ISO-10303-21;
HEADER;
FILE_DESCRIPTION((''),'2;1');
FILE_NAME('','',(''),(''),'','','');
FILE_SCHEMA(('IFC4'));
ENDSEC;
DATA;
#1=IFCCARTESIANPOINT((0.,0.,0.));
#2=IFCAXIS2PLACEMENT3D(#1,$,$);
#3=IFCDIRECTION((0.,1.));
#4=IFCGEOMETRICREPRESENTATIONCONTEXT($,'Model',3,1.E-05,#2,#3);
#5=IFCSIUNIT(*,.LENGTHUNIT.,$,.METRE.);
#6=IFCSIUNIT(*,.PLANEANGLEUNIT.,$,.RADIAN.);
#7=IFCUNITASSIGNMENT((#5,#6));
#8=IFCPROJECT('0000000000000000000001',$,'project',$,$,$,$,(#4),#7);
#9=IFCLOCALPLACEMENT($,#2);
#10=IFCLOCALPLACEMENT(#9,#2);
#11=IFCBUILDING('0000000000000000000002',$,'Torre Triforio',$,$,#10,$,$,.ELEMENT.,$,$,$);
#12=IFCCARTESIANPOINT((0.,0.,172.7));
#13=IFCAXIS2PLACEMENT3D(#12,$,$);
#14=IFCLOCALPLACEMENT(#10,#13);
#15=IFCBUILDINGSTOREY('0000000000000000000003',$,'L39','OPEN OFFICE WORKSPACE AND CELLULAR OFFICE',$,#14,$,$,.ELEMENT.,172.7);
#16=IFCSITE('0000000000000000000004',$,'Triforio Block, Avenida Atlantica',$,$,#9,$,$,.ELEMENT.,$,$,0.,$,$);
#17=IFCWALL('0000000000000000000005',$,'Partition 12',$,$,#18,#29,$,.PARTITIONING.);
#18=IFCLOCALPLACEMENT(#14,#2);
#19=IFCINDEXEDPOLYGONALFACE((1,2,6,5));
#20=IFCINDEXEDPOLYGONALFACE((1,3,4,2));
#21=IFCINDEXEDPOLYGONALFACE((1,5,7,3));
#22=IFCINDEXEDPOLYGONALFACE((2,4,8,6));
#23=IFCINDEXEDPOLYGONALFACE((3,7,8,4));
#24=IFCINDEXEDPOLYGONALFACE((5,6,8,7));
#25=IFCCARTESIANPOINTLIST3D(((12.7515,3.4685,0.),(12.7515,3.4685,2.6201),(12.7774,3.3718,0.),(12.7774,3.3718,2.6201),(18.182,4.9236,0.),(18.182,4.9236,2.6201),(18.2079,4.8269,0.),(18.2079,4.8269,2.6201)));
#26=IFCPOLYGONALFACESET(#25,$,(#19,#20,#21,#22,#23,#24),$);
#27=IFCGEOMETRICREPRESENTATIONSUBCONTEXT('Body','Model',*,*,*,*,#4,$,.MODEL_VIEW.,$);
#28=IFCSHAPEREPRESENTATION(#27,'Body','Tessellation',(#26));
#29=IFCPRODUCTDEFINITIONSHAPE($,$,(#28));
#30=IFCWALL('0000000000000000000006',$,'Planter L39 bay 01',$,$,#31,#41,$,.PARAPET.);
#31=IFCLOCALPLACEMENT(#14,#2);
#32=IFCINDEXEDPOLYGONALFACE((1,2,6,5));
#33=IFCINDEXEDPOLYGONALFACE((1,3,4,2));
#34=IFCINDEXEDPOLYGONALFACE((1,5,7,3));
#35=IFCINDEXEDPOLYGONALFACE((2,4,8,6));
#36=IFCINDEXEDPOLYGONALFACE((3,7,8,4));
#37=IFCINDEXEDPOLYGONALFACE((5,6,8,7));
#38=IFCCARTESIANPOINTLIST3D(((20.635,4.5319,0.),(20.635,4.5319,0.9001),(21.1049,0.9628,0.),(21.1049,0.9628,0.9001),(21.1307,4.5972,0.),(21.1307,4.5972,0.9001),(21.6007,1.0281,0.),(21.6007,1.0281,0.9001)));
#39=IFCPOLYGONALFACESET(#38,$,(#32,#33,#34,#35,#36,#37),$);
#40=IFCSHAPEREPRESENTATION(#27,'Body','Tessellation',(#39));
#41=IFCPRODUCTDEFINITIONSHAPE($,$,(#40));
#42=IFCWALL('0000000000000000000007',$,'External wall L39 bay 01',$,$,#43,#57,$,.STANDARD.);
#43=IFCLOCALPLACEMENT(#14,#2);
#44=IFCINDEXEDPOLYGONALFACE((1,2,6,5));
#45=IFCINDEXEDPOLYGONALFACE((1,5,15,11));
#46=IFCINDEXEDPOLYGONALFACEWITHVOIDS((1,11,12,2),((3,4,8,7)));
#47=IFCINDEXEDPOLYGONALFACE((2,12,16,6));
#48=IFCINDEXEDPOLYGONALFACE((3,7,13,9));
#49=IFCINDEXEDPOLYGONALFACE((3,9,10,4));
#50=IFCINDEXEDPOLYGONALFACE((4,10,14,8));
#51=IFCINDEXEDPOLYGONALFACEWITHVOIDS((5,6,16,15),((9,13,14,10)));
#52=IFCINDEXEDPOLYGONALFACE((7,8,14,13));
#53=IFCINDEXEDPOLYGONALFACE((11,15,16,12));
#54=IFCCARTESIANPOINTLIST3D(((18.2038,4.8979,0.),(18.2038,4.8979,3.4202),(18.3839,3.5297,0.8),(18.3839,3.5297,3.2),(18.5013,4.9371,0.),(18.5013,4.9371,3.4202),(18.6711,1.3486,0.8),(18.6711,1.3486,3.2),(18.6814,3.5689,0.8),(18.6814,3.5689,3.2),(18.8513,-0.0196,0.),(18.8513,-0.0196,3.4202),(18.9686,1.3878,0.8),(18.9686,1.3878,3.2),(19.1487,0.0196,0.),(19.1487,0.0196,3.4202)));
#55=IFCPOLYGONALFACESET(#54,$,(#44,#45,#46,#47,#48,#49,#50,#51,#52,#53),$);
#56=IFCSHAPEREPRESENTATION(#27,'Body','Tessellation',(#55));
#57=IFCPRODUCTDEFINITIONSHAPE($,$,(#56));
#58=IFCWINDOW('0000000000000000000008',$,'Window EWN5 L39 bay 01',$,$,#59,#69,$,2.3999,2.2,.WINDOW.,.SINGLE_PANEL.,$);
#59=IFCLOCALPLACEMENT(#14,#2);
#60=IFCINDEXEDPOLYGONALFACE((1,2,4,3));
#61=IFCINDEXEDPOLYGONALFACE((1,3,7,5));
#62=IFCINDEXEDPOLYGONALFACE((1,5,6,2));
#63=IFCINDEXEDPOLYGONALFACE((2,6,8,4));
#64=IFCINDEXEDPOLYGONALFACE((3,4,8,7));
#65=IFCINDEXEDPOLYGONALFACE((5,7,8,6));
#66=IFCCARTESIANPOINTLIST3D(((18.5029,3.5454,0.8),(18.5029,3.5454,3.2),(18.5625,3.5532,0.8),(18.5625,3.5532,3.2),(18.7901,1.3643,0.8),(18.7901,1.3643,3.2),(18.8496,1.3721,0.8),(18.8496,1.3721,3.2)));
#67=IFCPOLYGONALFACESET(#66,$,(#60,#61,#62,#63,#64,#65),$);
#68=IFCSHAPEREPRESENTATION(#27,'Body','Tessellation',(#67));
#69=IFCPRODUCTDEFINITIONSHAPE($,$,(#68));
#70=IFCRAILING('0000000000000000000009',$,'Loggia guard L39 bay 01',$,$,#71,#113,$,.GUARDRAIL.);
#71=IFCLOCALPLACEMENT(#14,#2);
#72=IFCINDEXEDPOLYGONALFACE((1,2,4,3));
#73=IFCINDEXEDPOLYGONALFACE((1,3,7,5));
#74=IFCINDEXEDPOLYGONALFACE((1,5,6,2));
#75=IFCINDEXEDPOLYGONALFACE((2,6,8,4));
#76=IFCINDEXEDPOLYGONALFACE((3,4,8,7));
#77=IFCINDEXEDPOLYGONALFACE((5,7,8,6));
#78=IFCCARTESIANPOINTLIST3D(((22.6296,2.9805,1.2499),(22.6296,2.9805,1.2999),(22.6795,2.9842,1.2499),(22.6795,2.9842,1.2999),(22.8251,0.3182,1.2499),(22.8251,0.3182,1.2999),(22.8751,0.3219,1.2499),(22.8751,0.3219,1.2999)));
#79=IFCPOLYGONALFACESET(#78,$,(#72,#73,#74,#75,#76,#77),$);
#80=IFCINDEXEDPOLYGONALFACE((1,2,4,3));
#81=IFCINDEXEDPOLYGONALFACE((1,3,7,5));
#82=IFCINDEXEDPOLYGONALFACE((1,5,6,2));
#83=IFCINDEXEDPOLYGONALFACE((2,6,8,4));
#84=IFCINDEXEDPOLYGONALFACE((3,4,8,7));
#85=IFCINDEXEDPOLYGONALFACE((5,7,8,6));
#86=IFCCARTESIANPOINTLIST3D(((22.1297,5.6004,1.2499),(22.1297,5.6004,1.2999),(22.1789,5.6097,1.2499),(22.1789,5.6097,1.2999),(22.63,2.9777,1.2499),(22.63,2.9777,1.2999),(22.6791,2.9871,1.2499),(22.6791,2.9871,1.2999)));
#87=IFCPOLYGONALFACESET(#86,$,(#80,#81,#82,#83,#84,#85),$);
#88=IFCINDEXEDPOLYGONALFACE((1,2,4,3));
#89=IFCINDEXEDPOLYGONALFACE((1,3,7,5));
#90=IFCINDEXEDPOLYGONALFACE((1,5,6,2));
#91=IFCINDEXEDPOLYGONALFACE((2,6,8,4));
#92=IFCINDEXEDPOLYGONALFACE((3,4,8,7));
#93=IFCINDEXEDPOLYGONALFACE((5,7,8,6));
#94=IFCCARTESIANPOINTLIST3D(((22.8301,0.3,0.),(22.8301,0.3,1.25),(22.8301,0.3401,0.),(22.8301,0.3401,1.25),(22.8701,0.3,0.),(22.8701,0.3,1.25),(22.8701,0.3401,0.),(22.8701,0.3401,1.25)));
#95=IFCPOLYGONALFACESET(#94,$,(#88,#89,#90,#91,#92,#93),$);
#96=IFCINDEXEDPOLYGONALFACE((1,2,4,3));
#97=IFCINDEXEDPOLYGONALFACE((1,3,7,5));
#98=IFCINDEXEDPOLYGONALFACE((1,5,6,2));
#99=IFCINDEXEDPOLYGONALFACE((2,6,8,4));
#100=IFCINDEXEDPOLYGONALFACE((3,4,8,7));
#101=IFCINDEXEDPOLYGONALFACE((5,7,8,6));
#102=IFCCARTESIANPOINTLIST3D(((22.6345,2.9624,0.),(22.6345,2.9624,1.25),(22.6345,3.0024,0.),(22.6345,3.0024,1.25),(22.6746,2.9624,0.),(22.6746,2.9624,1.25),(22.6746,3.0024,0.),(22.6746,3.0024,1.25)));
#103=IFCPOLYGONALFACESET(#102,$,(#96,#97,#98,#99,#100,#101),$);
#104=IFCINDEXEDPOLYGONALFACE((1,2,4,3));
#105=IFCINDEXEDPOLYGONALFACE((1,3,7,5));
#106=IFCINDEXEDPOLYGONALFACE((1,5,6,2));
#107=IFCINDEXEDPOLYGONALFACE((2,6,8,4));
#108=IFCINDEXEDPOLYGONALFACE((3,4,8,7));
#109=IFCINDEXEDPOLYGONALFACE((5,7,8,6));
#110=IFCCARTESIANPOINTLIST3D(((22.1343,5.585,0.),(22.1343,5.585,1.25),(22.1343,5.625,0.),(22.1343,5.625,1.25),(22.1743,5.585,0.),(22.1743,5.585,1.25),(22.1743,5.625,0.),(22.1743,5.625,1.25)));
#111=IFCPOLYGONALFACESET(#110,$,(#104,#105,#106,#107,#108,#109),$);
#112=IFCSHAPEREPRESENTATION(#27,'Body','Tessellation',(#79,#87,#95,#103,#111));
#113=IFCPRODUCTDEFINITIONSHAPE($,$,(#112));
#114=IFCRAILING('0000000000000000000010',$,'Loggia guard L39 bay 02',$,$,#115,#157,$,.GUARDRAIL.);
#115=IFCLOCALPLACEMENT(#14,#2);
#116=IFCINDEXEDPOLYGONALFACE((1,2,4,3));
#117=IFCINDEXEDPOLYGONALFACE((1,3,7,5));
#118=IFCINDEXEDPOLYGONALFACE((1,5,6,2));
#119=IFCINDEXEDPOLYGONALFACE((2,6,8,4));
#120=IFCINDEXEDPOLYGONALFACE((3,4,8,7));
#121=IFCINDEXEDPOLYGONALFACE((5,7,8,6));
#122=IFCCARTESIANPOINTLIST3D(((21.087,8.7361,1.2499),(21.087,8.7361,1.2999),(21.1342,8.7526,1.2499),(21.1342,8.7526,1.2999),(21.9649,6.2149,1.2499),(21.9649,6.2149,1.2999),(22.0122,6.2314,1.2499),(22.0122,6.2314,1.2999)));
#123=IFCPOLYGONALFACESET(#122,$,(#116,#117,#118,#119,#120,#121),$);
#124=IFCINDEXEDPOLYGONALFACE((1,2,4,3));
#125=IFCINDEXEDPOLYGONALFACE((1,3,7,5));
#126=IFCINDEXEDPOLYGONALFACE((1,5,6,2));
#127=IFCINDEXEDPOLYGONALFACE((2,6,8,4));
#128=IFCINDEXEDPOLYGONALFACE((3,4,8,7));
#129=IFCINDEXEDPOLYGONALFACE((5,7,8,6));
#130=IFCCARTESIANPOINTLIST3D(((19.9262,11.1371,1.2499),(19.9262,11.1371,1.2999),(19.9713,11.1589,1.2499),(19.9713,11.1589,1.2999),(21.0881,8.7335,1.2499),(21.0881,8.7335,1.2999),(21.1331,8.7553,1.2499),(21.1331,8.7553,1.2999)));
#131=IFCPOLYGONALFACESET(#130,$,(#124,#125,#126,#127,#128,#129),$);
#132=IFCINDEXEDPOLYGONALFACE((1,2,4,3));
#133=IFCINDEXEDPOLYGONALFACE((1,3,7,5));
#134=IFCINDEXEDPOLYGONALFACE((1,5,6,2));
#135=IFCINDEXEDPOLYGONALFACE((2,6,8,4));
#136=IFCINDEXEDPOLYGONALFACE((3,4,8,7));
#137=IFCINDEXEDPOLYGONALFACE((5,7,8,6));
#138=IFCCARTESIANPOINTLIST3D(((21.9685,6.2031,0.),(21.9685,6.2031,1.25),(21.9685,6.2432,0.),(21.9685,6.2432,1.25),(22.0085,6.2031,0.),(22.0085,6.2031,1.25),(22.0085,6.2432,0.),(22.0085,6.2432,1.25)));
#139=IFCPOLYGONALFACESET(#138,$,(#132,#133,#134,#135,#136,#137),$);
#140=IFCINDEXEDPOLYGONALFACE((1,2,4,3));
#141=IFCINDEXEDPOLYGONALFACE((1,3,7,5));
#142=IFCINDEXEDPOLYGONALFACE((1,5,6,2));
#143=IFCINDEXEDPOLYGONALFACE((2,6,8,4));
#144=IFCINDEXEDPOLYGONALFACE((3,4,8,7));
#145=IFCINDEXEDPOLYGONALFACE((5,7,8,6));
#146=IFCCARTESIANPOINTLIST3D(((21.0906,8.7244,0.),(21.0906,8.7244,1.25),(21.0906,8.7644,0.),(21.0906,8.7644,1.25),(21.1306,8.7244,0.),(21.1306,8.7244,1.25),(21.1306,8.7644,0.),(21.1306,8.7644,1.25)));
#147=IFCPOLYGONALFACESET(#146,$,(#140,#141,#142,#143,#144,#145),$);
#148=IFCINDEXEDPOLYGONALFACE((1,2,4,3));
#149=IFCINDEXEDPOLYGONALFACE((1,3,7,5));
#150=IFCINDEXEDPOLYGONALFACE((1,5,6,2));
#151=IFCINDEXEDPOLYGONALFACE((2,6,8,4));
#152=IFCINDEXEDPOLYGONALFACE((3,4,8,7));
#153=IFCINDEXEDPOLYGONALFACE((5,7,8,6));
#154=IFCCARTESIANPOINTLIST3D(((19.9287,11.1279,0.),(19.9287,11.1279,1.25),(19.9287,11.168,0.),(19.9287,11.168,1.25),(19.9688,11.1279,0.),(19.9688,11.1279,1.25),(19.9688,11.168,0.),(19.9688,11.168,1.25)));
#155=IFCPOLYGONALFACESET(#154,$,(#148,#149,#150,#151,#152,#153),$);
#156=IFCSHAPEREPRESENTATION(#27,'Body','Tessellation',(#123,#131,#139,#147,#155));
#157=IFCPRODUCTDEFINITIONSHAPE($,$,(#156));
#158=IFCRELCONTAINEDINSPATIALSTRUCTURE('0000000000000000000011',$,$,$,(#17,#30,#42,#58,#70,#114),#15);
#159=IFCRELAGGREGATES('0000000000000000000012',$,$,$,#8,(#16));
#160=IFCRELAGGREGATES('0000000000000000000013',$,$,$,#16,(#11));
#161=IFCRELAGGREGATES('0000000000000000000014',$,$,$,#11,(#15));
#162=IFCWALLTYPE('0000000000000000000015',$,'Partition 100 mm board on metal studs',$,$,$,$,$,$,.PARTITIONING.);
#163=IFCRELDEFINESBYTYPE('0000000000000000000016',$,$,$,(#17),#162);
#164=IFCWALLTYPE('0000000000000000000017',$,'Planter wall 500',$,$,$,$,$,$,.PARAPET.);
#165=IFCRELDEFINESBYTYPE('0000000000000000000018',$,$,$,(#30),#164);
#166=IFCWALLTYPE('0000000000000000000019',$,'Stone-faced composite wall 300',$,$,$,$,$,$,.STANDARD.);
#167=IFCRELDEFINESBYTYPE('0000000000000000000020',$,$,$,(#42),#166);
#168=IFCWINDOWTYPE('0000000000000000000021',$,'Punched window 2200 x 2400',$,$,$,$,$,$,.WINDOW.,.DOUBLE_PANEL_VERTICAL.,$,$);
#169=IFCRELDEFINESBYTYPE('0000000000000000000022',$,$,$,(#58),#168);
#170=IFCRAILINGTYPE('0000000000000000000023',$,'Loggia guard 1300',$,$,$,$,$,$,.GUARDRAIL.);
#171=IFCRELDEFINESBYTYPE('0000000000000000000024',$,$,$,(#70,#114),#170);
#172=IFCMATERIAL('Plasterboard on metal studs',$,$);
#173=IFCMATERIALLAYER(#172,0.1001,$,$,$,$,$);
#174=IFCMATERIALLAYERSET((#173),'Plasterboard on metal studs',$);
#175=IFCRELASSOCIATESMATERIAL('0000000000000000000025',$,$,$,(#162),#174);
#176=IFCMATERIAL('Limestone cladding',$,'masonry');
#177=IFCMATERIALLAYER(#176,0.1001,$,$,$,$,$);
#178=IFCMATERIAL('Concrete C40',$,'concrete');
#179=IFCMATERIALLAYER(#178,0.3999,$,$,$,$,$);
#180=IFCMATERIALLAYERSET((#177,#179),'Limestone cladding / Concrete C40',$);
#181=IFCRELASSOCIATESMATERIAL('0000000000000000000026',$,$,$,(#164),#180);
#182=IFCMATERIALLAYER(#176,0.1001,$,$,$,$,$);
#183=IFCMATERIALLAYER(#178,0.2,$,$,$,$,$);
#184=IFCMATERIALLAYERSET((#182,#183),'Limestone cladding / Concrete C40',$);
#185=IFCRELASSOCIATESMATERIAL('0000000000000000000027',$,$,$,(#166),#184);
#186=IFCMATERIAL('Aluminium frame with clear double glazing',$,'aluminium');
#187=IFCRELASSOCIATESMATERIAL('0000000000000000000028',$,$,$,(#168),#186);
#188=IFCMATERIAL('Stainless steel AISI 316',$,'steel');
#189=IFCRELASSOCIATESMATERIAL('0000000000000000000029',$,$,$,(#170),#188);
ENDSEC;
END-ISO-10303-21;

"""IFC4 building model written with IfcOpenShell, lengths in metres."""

from ifc_helpers import new_model, si_unit, direction, frame, frame_2d, origin, origin_2d, place, context, subcontext, project, spatial, rectangle, extrude, material, layer, layer_set, type_object, element, fill, save


model = new_model("IFC4")

# Units and contexts
model_context = context("Model", 3, precision=1e-05, world=origin(), true_north=direction((0.0, 1.0)))
body_context = subcontext(model_context, "Body", "Model", "MODEL_VIEW")
ifc_project = project(units=[si_unit("LENGTHUNIT", "METRE"), si_unit("PLANEANGLEUNIT", "RADIAN")], contexts=[model_context])

# Site, building, storey
site_placement = place(None, origin())
site = spatial("IfcSite", under=ifc_project, at=site_placement, Name="Triforio Block, Avenida Atlantica", CompositionType="ELEMENT", RefElevation=0.0)
building_placement = place(site_placement, origin())
building = spatial("IfcBuilding", under=site, at=building_placement, Name="Torre Triforio", CompositionType="ELEMENT")
storey_placement = place(building_placement, frame((0.0, 0.0, 172.7)))
storey = spatial("IfcBuildingStorey", under=building, at=storey_placement, Name="L39", Description="OPEN OFFICE WORKSPACE AND CELLULAR OFFICE", CompositionType="ELEMENT", Elevation=172.7)

# Shared definitions
ifc_material_1 = material(Name="Concrete C40", Category="concrete")

# Shared definitions
ifc_material_2 = material(Name="Plasterboard on metal studs")

# Walls
ifc_layer_1 = layer(ifc_material_2, 0.1001)
ifc_layer_set_1 = layer_set([ifc_layer_1], Name="Plasterboard on metal studs")
wall_type_1 = type_object("IfcWallType", Name="Partition 100 mm board on metal studs", PredefinedType="PARTITIONING", material=ifc_layer_set_1)
wall_1_placement = place(storey_placement, frame((12.7644, 3.4202, 0.0), z_axis=(0.0, 0.0, 1.0), x_axis=(0.965926, 0.258819, 0.0)))
element("IfcWall", 1, at=wall_1_placement, inside=storey, type_object=wall_type_1, Name="Partition 12", PredefinedType="PARTITIONING", context=body_context, shape_type="SweptSolid", body=[
    extrude(rectangle(XDim=5.6221, YDim=0.1001, at=frame_2d((2.811, 0.0))), origin(), (0.0, 0.0, 1.0), 2.6201),
])
ifc_material_3 = material(Name="Limestone cladding", Category="masonry")
ifc_layer_2 = layer(ifc_material_3, 0.1001)
ifc_layer_3 = layer(ifc_material_1, 0.3999)
ifc_layer_set_2 = layer_set([ifc_layer_2, ifc_layer_3], Name="Limestone cladding / Concrete C40")
wall_type_2 = type_object("IfcWallType", Name="Planter wall 500", PredefinedType="PARAPET", material=ifc_layer_set_2)
wall_2_placement = place(storey_placement, frame((21.3528, 0.9956, 0.0), z_axis=(0.0, 0.0, 1.0), x_axis=(-0.130551, 0.991442, 0.0)))
element("IfcWall", 2, at=wall_2_placement, inside=storey, type_object=wall_type_2, Name="Planter L39 bay 01", PredefinedType="PARAPET", context=body_context, shape_type="SweptSolid", body=[
    extrude(rectangle(XDim=3.5999, YDim=0.5, at=frame_2d((1.7998, 0.0))), origin(), (0.0, 0.0, 1.0), 0.9001),
])

# Wall, opening, window
ifc_layer_4 = layer(ifc_material_3, 0.1001)
ifc_layer_5 = layer(ifc_material_1, 0.2)
ifc_layer_set_3 = layer_set([ifc_layer_4, ifc_layer_5], Name="Limestone cladding / Concrete C40")
wall_type_3 = type_object("IfcWallType", Name="Stone-faced composite wall 300", PredefinedType="STANDARD", material=ifc_layer_set_3)
wall_3_placement = place(storey_placement, frame((19.0, 0.0, 0.0), z_axis=(0.0, 0.0, 1.0), x_axis=(-0.130539, 0.991443, 0.0)))
wall_3 = element("IfcWall", 3, at=wall_3_placement, inside=storey, type_object=wall_type_3, Name="External wall L39 bay 01", PredefinedType="STANDARD", context=body_context, shape_type="SweptSolid", body=[
    extrude(rectangle(XDim=4.96, YDim=0.3, at=frame_2d((2.48, 0.0))), origin(), (0.0, 0.0, 1.0), 3.4202),
])
opening_1_placement = place(wall_3_placement, frame((1.3799, 0.0, 0.8)))
opening_1 = element("IfcOpeningElement", 4, at=opening_1_placement, cuts=wall_3, PredefinedType="OPENING", context=body_context, shape_type="SweptSolid", body=[
    extrude(rectangle(XDim=2.2, YDim=2.3999, at=frame_2d((1.1001, 1.2))), frame((0.0, 0.1599, 0.0), z_axis=(0.0, -1.0, 0.0), x_axis=(1.0, 0.0, 0.0)), (0.0, 0.0, 1.0), 0.3201),
])
ifc_material_4 = material(Name="Aluminium frame with clear double glazing", Category="aluminium")
window_type_1 = type_object("IfcWindowType", Name="Punched window 2200 x 2400", PartitioningType="DOUBLE_PANEL_VERTICAL", PredefinedType="WINDOW", material=ifc_material_4)
window_1_placement = place(opening_1_placement, origin())
window_1 = element("IfcWindow", 5, at=window_1_placement, inside=storey, type_object=window_type_1, Name="Window EWN5 L39 bay 01", OverallHeight=2.3999, OverallWidth=2.2, PartitioningType="SINGLE_PANEL", PredefinedType="WINDOW", context=body_context, shape_type="SweptSolid", body=[
    extrude(rectangle(XDim=2.2, YDim=2.3999, at=frame_2d((1.1001, 1.2))), frame((0.0, 0.03, 0.0), z_axis=(0.0, -1.0, 0.0), x_axis=(1.0, 0.0, 0.0)), (0.0, 0.0, 1.0), 0.0601),
])
fill(opening_1, window_1)

# Railings
ifc_material_5 = material(Name="Stainless steel AISI 316", Category="steel")
railing_type = type_object("IfcRailingType", Name="Loggia guard 1300", PredefinedType="GUARDRAIL", material=ifc_material_5)
railing_1_placement = place(storey_placement, frame((22.8501, 0.3201, 0.0)))
element("IfcRailing", 6, at=railing_1_placement, inside=storey, type_object=railing_type, Name="Loggia guard L39 bay 01", PredefinedType="GUARDRAIL", context=body_context, shape_type="SweptSolid", body=[
    extrude(rectangle(XDim=0.05, YDim=0.05, at=origin_2d()), frame((0.0, 0.0, 1.2749), z_axis=(-0.073255, 0.997313, 0.0), x_axis=(-0.997313, -0.073255, 0.0)), (0.0, 0.0, 1.0), 2.6694),
    extrude(rectangle(XDim=0.05, YDim=0.05, at=origin_2d()), frame((-0.1956, 2.6624, 1.2749), z_axis=(-0.187368, 0.98229, 0.0), x_axis=(-0.98229, -0.187368, 0.0)), (0.0, 0.0, 1.0), 2.6699),
    extrude(rectangle(XDim=0.04, YDim=0.04, at=origin_2d()), origin(), (0.0, 0.0, 1.0), 1.25),
    extrude(rectangle(XDim=0.04, YDim=0.04, at=origin_2d()), frame((-0.1956, 2.6624, 0.0)), (0.0, 0.0, 1.0), 1.25),
    extrude(rectangle(XDim=0.04, YDim=0.04, at=origin_2d()), frame((-0.6958, 5.2849, 0.0)), (0.0, 0.0, 1.0), 1.25),
])
railing_2_placement = place(storey_placement, frame((21.9885, 6.2231, 0.0)))
element("IfcRailing", 7, at=railing_2_placement, inside=storey, type_object=railing_type, Name="Loggia guard L39 bay 02", PredefinedType="GUARDRAIL", context=body_context, shape_type="SweptSolid", body=[
    extrude(rectangle(XDim=0.05, YDim=0.05, at=origin_2d()), frame((0.0, 0.0, 1.2749), z_axis=(-0.328847, 0.944383, 0.0), x_axis=(-0.944383, -0.328847, 0.0)), (0.0, 0.0, 1.0), 2.6697),
    extrude(rectangle(XDim=0.05, YDim=0.05, at=origin_2d()), frame((-0.8779, 2.5212, 1.2749), z_axis=(-0.435212, 0.900328, 0.0), x_axis=(-0.900328, -0.435212, 0.0)), (0.0, 0.0, 1.0), 2.6697),
    extrude(rectangle(XDim=0.04, YDim=0.04, at=origin_2d()), origin(), (0.0, 0.0, 1.0), 1.25),
    extrude(rectangle(XDim=0.04, YDim=0.04, at=origin_2d()), frame((-0.8779, 2.5212, 0.0)), (0.0, 0.0, 1.0), 1.25),
    extrude(rectangle(XDim=0.04, YDim=0.04, at=origin_2d()), frame((-2.0398, 4.9248, 0.0)), (0.0, 0.0, 1.0), 1.25),
])

save(model, "model.ifc")
